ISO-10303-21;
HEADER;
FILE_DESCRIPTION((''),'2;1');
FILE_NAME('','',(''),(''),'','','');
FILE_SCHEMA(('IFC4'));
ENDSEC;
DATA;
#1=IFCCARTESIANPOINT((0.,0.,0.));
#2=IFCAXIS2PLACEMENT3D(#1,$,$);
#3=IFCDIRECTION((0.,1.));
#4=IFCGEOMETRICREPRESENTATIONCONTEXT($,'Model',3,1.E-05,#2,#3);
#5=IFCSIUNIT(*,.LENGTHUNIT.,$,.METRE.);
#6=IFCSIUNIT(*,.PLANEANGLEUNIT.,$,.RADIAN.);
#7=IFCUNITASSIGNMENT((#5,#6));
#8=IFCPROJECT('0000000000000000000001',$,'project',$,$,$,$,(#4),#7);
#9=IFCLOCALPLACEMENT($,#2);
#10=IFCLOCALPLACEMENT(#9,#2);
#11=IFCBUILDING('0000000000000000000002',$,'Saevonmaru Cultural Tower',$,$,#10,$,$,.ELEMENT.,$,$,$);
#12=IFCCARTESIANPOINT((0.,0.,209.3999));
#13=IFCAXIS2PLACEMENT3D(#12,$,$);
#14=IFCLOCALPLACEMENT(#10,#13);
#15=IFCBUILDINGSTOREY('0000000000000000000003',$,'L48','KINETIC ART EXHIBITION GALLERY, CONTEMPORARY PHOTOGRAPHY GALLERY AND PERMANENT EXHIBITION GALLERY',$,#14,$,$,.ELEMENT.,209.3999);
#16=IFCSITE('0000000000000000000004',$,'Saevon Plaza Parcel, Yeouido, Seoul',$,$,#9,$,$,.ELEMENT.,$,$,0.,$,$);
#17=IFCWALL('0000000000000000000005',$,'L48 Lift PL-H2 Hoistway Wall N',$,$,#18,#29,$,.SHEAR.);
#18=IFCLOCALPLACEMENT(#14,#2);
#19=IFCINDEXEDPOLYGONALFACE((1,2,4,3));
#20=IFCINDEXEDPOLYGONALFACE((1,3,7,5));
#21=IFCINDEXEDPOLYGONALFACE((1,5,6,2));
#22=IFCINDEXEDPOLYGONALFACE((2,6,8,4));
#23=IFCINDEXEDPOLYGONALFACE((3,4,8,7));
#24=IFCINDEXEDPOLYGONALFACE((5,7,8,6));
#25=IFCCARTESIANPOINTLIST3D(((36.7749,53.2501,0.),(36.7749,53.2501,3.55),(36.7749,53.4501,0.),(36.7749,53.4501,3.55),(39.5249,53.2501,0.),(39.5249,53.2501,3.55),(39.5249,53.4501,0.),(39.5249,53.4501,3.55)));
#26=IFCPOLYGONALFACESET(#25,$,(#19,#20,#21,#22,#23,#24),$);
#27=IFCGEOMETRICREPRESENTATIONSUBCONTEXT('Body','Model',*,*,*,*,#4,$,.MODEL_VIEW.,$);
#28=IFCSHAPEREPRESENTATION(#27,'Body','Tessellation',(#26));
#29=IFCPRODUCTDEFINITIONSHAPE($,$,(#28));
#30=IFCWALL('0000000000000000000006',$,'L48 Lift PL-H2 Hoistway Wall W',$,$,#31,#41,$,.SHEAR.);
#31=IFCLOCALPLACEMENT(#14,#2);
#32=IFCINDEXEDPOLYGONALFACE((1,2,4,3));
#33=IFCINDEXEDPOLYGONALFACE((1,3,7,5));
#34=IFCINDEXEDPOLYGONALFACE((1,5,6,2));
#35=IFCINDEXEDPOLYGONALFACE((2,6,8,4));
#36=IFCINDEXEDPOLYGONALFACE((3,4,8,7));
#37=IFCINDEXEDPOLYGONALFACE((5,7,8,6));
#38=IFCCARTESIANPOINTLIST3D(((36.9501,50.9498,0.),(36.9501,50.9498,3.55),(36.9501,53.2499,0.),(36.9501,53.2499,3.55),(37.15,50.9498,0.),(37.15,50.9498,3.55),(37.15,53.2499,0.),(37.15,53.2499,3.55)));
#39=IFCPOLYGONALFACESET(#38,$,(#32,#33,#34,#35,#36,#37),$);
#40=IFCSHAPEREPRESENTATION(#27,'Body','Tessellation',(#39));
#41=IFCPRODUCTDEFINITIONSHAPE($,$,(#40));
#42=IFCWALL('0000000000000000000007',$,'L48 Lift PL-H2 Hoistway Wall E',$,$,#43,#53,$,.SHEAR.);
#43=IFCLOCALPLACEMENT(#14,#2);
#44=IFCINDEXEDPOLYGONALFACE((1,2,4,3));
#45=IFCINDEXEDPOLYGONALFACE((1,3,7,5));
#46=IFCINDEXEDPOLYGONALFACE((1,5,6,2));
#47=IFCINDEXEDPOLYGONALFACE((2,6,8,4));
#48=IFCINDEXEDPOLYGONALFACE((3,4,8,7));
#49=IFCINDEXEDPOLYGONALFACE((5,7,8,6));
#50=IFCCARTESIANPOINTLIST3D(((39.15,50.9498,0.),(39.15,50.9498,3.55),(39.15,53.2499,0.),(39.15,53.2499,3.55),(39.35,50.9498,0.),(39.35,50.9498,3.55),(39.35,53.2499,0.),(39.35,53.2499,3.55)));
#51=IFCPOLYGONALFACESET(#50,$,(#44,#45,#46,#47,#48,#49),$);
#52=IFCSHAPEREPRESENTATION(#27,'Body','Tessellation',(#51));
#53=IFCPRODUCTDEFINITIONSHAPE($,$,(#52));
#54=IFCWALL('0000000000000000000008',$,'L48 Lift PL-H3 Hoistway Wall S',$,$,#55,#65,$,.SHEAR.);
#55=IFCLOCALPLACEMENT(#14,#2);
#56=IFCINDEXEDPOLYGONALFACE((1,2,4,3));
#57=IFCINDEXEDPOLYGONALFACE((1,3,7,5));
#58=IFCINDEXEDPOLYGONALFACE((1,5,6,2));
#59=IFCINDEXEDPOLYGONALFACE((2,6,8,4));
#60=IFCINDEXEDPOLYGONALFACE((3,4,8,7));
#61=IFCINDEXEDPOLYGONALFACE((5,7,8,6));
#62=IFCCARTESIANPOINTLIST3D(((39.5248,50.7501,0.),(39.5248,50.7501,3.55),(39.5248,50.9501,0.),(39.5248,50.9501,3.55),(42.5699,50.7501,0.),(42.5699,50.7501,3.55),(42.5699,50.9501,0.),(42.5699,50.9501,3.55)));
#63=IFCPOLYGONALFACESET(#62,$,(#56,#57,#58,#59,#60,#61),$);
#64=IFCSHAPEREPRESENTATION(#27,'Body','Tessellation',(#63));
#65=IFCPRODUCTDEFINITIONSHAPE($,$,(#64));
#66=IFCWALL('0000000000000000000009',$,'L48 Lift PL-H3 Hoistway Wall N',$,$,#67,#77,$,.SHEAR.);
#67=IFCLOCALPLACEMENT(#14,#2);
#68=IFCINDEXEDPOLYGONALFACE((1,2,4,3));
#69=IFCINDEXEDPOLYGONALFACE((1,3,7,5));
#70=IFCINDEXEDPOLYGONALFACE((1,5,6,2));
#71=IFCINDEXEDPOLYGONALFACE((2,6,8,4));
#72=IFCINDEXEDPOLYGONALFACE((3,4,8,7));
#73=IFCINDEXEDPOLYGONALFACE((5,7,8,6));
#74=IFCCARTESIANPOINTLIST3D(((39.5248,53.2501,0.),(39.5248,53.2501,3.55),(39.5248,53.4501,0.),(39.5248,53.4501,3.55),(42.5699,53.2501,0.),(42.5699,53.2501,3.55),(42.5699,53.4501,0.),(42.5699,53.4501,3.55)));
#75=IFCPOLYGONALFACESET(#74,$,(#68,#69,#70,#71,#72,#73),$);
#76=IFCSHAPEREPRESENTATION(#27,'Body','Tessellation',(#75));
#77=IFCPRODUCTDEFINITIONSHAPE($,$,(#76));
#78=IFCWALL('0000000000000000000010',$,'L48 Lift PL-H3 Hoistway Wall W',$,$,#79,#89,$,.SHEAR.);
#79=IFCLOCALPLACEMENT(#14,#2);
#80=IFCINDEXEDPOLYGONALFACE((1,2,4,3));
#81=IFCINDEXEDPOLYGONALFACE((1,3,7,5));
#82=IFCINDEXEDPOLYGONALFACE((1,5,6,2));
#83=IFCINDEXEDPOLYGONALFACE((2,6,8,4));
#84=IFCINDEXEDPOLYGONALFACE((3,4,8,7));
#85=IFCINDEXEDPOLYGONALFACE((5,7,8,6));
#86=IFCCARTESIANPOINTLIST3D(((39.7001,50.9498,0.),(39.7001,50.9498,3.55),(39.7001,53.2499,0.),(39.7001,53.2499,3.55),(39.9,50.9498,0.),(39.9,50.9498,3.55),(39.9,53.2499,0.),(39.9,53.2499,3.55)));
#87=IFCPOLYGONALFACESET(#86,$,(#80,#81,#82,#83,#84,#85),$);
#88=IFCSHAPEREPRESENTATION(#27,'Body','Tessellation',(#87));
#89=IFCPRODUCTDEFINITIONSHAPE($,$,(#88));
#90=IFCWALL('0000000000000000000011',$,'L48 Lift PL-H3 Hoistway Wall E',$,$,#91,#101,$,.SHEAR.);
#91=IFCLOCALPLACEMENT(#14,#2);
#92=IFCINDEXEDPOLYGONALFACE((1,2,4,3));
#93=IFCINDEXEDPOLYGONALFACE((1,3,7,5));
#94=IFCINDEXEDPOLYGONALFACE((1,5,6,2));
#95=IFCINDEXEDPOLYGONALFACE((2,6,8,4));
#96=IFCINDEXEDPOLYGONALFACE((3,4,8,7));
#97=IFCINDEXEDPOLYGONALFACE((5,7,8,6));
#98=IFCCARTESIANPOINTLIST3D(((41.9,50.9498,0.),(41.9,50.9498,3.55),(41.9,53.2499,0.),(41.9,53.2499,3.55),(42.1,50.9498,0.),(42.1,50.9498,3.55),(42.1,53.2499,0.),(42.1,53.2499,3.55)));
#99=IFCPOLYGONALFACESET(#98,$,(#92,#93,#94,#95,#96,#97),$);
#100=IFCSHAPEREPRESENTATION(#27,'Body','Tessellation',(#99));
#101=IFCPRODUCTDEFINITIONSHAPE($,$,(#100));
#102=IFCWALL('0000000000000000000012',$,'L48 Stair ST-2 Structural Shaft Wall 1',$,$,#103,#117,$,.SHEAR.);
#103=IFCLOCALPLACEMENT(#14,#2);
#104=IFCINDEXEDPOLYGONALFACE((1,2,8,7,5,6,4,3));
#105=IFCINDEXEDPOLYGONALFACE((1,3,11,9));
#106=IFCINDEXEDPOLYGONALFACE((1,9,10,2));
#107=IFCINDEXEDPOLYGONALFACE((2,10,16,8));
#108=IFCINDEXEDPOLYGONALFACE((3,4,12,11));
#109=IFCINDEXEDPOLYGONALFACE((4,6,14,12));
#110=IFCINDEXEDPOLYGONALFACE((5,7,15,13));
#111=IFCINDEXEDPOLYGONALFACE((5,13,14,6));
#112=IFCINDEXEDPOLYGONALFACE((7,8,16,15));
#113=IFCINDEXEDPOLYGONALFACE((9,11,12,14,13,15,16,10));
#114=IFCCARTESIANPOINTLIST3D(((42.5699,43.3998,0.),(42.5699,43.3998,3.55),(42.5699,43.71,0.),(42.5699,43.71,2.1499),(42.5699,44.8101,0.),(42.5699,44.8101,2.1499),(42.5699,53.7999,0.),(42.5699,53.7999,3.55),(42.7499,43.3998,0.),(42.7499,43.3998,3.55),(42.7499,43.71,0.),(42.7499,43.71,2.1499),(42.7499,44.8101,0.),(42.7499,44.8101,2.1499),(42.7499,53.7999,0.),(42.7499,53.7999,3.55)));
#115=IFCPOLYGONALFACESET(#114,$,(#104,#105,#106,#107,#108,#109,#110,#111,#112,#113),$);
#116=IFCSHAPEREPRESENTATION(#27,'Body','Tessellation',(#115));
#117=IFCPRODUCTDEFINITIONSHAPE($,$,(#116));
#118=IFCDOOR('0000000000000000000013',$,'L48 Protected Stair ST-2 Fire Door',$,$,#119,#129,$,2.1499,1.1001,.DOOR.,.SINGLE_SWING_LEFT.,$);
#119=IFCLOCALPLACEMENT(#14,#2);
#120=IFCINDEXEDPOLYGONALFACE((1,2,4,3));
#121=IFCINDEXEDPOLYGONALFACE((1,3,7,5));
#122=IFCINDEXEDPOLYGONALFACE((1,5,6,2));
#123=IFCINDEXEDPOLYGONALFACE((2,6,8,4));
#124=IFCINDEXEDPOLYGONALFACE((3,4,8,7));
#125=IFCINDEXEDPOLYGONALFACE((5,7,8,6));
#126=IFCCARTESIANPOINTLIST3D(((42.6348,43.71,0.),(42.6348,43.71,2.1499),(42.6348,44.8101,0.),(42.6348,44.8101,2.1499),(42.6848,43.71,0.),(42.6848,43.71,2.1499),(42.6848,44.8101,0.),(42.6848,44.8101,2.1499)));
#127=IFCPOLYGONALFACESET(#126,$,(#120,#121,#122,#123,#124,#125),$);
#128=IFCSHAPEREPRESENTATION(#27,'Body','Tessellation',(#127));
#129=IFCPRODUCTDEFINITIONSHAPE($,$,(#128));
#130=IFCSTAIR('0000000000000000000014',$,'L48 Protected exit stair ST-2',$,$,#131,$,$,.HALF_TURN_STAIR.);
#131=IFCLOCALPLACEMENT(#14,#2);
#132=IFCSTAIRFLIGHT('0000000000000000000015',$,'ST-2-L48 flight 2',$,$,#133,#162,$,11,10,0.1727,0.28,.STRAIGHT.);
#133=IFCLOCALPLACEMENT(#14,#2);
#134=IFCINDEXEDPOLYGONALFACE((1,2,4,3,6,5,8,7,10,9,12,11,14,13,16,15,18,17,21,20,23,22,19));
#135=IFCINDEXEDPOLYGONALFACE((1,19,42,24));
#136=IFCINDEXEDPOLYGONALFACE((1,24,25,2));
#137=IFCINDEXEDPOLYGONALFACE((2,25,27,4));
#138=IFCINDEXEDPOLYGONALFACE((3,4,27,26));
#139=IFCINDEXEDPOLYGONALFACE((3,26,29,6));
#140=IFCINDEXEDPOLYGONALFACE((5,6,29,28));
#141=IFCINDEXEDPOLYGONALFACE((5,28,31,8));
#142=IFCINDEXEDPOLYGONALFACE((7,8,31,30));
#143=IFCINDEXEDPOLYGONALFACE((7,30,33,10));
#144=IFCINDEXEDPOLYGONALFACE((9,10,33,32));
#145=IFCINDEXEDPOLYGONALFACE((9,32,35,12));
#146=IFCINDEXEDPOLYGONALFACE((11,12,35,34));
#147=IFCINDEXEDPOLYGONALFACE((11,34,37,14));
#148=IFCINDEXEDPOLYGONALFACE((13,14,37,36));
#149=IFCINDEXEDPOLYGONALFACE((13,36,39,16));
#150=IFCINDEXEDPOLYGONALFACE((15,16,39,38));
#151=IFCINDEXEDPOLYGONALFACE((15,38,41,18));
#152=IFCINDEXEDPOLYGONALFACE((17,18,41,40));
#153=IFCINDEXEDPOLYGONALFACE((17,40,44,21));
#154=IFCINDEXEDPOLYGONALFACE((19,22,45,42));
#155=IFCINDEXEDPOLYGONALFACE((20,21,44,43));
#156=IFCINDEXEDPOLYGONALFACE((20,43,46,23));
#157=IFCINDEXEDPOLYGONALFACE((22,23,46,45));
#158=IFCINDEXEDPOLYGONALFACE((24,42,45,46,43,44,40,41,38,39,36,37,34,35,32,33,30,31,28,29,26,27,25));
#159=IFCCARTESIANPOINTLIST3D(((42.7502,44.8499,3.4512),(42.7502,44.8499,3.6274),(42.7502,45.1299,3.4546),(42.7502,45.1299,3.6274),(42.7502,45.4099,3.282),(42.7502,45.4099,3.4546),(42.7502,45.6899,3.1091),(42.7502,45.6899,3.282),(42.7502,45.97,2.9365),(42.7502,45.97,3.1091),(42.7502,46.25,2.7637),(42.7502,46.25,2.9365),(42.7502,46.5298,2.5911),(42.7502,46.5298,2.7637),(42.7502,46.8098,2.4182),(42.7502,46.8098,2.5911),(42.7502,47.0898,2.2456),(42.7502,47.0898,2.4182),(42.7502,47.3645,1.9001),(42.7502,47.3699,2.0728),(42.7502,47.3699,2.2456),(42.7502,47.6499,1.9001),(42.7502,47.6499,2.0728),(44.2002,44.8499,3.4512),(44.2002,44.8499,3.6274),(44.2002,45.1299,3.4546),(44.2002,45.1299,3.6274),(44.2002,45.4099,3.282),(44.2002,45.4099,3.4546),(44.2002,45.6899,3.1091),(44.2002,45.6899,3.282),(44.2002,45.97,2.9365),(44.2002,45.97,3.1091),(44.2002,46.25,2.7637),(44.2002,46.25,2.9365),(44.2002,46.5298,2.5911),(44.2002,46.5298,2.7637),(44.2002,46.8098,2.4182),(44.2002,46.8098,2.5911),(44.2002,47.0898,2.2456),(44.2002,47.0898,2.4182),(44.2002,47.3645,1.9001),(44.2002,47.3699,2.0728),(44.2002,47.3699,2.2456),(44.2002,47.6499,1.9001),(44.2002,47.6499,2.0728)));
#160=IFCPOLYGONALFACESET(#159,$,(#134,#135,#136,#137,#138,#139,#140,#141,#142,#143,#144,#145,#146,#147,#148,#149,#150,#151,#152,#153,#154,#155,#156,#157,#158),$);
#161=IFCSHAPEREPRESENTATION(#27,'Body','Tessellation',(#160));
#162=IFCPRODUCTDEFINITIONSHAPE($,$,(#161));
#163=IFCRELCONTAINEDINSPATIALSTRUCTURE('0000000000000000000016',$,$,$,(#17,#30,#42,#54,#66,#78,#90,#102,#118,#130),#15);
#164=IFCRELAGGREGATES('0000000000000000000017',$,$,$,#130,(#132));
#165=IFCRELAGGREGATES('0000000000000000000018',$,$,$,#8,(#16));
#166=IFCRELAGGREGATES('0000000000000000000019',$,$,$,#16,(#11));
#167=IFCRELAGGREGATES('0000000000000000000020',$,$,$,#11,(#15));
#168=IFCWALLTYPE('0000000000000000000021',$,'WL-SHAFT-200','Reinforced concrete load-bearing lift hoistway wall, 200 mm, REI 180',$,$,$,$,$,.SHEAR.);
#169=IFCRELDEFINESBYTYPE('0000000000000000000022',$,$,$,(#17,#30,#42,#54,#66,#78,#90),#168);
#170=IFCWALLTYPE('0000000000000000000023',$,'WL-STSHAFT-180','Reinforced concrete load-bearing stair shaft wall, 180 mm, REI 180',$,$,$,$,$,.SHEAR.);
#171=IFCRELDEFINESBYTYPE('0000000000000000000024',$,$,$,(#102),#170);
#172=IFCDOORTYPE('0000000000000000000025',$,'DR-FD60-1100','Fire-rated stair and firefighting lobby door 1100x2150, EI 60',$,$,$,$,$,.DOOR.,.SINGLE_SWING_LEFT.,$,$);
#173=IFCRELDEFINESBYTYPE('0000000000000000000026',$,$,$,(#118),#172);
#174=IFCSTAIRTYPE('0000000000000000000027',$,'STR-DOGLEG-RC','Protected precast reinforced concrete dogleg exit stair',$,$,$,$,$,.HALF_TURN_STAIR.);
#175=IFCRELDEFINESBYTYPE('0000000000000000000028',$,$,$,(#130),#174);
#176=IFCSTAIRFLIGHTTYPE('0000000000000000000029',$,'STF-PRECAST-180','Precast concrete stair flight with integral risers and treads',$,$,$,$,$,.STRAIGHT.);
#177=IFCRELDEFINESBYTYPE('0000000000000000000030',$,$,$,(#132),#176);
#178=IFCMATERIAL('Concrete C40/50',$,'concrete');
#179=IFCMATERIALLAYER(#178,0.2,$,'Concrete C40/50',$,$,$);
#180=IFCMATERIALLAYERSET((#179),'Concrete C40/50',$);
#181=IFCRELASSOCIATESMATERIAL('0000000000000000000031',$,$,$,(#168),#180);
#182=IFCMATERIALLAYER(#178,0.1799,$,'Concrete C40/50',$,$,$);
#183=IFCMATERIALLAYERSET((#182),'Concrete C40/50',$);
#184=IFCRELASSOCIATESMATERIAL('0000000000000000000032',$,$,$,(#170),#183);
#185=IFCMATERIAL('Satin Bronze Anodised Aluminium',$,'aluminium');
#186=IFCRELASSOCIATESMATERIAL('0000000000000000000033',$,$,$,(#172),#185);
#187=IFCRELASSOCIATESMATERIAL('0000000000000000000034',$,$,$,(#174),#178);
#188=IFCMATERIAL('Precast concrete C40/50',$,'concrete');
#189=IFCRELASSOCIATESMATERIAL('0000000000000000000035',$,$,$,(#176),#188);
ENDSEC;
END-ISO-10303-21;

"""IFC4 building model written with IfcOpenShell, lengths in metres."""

from ifc_helpers import new_model, si_unit, direction, frame, frame_2d, origin, place, context, subcontext, project, spatial, polyline, rectangle, outline, extrude, material, layer, layer_set, type_object, element, fill, aggregate, save


model = new_model("IFC4")

# Units and contexts
model_context = context("Model", 3, precision=1e-05, world=origin(), true_north=direction((0.0, 1.0)))
body_context = subcontext(model_context, "Body", "Model", "MODEL_VIEW")
ifc_project = project(units=[si_unit("LENGTHUNIT", "METRE"), si_unit("PLANEANGLEUNIT", "RADIAN")], contexts=[model_context])

# Site, building, storey
site_placement = place(None, origin())
site = spatial("IfcSite", under=ifc_project, at=site_placement, Name="Saevon Plaza Parcel, Yeouido, Seoul", CompositionType="ELEMENT", RefElevation=0.0)
building_placement = place(site_placement, origin())
building = spatial("IfcBuilding", under=site, at=building_placement, Name="Saevonmaru Cultural Tower", CompositionType="ELEMENT")
storey_placement = place(building_placement, frame((0.0, 0.0, 209.3999)))
storey = spatial("IfcBuildingStorey", under=building, at=storey_placement, Name="L48", Description="KINETIC ART EXHIBITION GALLERY, CONTEMPORARY PHOTOGRAPHY GALLERY AND PERMANENT EXHIBITION GALLERY", CompositionType="ELEMENT", Elevation=209.3999)

# Shared definitions
ifc_material_1 = material(Name="Satin Bronze Anodised Aluminium", Category="aluminium")

# Walls
ifc_material_2 = material(Name="Concrete C40/50", Category="concrete")
ifc_layer_1 = layer(ifc_material_2, 0.2, Name="Concrete C40/50")
ifc_layer_set_1 = layer_set([ifc_layer_1], Name="Concrete C40/50")
wall_type_1 = type_object("IfcWallType", Name="WL-SHAFT-200", Description="Reinforced concrete load-bearing lift hoistway wall, 200 mm, REI 180", PredefinedType="SHEAR", material=ifc_layer_set_1)
for number, where, z_axis, x_axis, name in (
    (1, (36.7749, 53.3501, 0.0), (0.0, 0.0, 1.0), (1.0, 0.0, 0.0), "L48 Lift PL-H2 Hoistway Wall N"),
):
    element("IfcWall", number, at=place(storey_placement, frame(where, z_axis=z_axis, x_axis=x_axis)), inside=storey, type_object=wall_type_1, Name=name, PredefinedType="SHEAR", context=body_context, shape_type="SweptSolid", body=[
        extrude(rectangle(XDim=2.75, YDim=0.2, at=frame_2d((1.375, 0.0))), origin(), (0.0, 0.0, 1.0), 3.55),
    ])
for number, where, z_axis, x_axis, name in (
    (2, (37.05, 50.95, 0.0), (0.0, 0.0, 1.0), (0.0, 1.0, 0.0), "L48 Lift PL-H2 Hoistway Wall W"),
    (3, (39.25, 50.95, 0.0), (0.0, 0.0, 1.0), (0.0, 1.0, 0.0), "L48 Lift PL-H2 Hoistway Wall E"),
):
    element("IfcWall", number, at=place(storey_placement, frame(where, z_axis=z_axis, x_axis=x_axis)), inside=storey, type_object=wall_type_1, Name=name, PredefinedType="SHEAR", context=body_context, shape_type="SweptSolid", body=[
        extrude(rectangle(XDim=2.3, YDim=0.2, at=frame_2d((1.1499, 0.0))), origin(), (0.0, 0.0, 1.0), 3.55),
    ])
for number, where, z_axis, x_axis, name in (
    (4, (39.5249, 50.8501, 0.0), (0.0, 0.0, 1.0), (1.0, 0.0, 0.0), "L48 Lift PL-H3 Hoistway Wall S"),
    (5, (39.5249, 53.3501, 0.0), (0.0, 0.0, 1.0), (1.0, 0.0, 0.0), "L48 Lift PL-H3 Hoistway Wall N"),
):
    element("IfcWall", number, at=place(storey_placement, frame(where, z_axis=z_axis, x_axis=x_axis)), inside=storey, type_object=wall_type_1, Name=name, PredefinedType="SHEAR", context=body_context, shape_type="SweptSolid", body=[
        extrude(rectangle(XDim=3.0452, YDim=0.2, at=frame_2d((1.5225, 0.0))), origin(), (0.0, 0.0, 1.0), 3.55),
    ])
for number, where, z_axis, x_axis, name in (
    (6, (39.8, 50.95, 0.0), (0.0, 0.0, 1.0), (0.0, 1.0, 0.0), "L48 Lift PL-H3 Hoistway Wall W"),
    (7, (42.0, 50.95, 0.0), (0.0, 0.0, 1.0), (0.0, 1.0, 0.0), "L48 Lift PL-H3 Hoistway Wall E"),
):
    element("IfcWall", number, at=place(storey_placement, frame(where, z_axis=z_axis, x_axis=x_axis)), inside=storey, type_object=wall_type_1, Name=name, PredefinedType="SHEAR", context=body_context, shape_type="SweptSolid", body=[
        extrude(rectangle(XDim=2.3, YDim=0.2, at=frame_2d((1.1499, 0.0))), origin(), (0.0, 0.0, 1.0), 3.55),
    ])

# Wall, opening, door
ifc_layer_2 = layer(ifc_material_2, 0.1799, Name="Concrete C40/50")
ifc_layer_set_2 = layer_set([ifc_layer_2], Name="Concrete C40/50")
wall_type_2 = type_object("IfcWallType", Name="WL-STSHAFT-180", Description="Reinforced concrete load-bearing stair shaft wall, 180 mm, REI 180", PredefinedType="SHEAR", material=ifc_layer_set_2)
wall_placement = place(storey_placement, frame((42.6599, 53.8, 0.0), z_axis=(0.0, 0.0, 1.0), x_axis=(0.0, -1.0, 0.0)))
wall = element("IfcWall", 8, at=wall_placement, inside=storey, type_object=wall_type_2, Name="L48 Stair ST-2 Structural Shaft Wall 1", PredefinedType="SHEAR", context=body_context, shape_type="SweptSolid", body=[
    extrude(rectangle(XDim=10.4001, YDim=0.1799, at=frame_2d((5.2002, 0.0))), origin(), (0.0, 0.0, 1.0), 3.55),
])
opening_placement = place(wall_placement, frame((8.99, 0.0, 0.0)))
opening = element("IfcOpeningElement", 9, at=opening_placement, cuts=wall, PredefinedType="OPENING", context=body_context, shape_type="SweptSolid", body=[
    extrude(rectangle(XDim=1.1001, YDim=2.1499, at=frame_2d((0.55, 1.075))), frame((0.0, 0.1001, 0.0), z_axis=(0.0, -1.0, 0.0), x_axis=(1.0, 0.0, 0.0)), (0.0, 0.0, 1.0), 0.2),
])
door_type = type_object("IfcDoorType", Name="DR-FD60-1100", Description="Fire-rated stair and firefighting lobby door 1100x2150, EI 60", OperationType="SINGLE_SWING_LEFT", PredefinedType="DOOR", material=ifc_material_1)
door_placement = place(opening_placement, origin())
door = element("IfcDoor", 10, at=door_placement, inside=storey, type_object=door_type, Name="L48 Protected Stair ST-2 Fire Door", OperationType="SINGLE_SWING_LEFT", OverallHeight=2.1499, OverallWidth=1.1001, PredefinedType="DOOR", context=body_context, shape_type="SweptSolid", body=[
    extrude(rectangle(XDim=1.1001, YDim=2.1499, at=frame_2d((0.55, 1.075))), frame((0.0, 0.0249, 0.0), z_axis=(0.0, -1.0, 0.0), x_axis=(1.0, 0.0, 0.0)), (0.0, 0.0, 1.0), 0.05),
])
fill(opening, door)

# Stair, stair flight
stair_type = type_object("IfcStairType", Name="STR-DOGLEG-RC", Description="Protected precast reinforced concrete dogleg exit stair", PredefinedType="HALF_TURN_STAIR", material=ifc_material_2)
stair_placement = place(storey_placement, origin())
stair = element("IfcStair", 11, at=stair_placement, inside=storey, type_object=stair_type, Name="L48 Protected exit stair ST-2", PredefinedType="HALF_TURN_STAIR")
ifc_material_3 = material(Name="Precast concrete C40/50", Category="concrete")
stair_flight_type = type_object("IfcStairFlightType", Name="STF-PRECAST-180", Description="Precast concrete stair flight with integral risers and treads", PredefinedType="STRAIGHT", material=ifc_material_3)
stair_flight_placement = place(storey_placement, frame((43.4751, 47.6499, 1.9001), z_axis=(0.0, 0.0, 1.0), x_axis=(0.0, -1.0, 0.0)))
stair_flight = element("IfcStairFlight", 12, at=stair_flight_placement, type_object=stair_flight_type, Name="ST-2-L48 flight 2", NumberOfRisers=11, NumberOfTreads=10, PredefinedType="STRAIGHT", RiserHeight=0.1727, TreadLength=0.28, context=body_context, shape_type="SweptSolid", body=[
    extrude(outline(polyline([(0.0, 0.0), (0.0, 0.1726), (0.28, 0.1726), (0.28, 0.3455), (0.5601, 0.3455), (0.5601, 0.5181), (0.8401, 0.5181), (0.8401, 0.6909), (1.1201, 0.6909), (1.1201, 0.8635), (1.3999, 0.8635), (1.3999, 1.0364), (1.6799, 1.0364), (1.6799, 1.209), (1.96, 1.209), (1.96, 1.3818), (2.24, 1.3818), (2.24, 1.5544), (2.52, 1.5544), (2.52, 1.7273), (2.8, 1.7273), (2.8, 1.8999), (2.8, 1.551), (0.2854, 0.0), (0.0, 0.0)])), frame((0.0, 0.7251, 0.0), z_axis=(0.0, -1.0, 0.0), x_axis=(1.0, 0.0, 0.0)), (0.0, 0.0, 1.0), 1.45),
])
aggregate(stair, [stair_flight])

save(model, "model.ifc")
